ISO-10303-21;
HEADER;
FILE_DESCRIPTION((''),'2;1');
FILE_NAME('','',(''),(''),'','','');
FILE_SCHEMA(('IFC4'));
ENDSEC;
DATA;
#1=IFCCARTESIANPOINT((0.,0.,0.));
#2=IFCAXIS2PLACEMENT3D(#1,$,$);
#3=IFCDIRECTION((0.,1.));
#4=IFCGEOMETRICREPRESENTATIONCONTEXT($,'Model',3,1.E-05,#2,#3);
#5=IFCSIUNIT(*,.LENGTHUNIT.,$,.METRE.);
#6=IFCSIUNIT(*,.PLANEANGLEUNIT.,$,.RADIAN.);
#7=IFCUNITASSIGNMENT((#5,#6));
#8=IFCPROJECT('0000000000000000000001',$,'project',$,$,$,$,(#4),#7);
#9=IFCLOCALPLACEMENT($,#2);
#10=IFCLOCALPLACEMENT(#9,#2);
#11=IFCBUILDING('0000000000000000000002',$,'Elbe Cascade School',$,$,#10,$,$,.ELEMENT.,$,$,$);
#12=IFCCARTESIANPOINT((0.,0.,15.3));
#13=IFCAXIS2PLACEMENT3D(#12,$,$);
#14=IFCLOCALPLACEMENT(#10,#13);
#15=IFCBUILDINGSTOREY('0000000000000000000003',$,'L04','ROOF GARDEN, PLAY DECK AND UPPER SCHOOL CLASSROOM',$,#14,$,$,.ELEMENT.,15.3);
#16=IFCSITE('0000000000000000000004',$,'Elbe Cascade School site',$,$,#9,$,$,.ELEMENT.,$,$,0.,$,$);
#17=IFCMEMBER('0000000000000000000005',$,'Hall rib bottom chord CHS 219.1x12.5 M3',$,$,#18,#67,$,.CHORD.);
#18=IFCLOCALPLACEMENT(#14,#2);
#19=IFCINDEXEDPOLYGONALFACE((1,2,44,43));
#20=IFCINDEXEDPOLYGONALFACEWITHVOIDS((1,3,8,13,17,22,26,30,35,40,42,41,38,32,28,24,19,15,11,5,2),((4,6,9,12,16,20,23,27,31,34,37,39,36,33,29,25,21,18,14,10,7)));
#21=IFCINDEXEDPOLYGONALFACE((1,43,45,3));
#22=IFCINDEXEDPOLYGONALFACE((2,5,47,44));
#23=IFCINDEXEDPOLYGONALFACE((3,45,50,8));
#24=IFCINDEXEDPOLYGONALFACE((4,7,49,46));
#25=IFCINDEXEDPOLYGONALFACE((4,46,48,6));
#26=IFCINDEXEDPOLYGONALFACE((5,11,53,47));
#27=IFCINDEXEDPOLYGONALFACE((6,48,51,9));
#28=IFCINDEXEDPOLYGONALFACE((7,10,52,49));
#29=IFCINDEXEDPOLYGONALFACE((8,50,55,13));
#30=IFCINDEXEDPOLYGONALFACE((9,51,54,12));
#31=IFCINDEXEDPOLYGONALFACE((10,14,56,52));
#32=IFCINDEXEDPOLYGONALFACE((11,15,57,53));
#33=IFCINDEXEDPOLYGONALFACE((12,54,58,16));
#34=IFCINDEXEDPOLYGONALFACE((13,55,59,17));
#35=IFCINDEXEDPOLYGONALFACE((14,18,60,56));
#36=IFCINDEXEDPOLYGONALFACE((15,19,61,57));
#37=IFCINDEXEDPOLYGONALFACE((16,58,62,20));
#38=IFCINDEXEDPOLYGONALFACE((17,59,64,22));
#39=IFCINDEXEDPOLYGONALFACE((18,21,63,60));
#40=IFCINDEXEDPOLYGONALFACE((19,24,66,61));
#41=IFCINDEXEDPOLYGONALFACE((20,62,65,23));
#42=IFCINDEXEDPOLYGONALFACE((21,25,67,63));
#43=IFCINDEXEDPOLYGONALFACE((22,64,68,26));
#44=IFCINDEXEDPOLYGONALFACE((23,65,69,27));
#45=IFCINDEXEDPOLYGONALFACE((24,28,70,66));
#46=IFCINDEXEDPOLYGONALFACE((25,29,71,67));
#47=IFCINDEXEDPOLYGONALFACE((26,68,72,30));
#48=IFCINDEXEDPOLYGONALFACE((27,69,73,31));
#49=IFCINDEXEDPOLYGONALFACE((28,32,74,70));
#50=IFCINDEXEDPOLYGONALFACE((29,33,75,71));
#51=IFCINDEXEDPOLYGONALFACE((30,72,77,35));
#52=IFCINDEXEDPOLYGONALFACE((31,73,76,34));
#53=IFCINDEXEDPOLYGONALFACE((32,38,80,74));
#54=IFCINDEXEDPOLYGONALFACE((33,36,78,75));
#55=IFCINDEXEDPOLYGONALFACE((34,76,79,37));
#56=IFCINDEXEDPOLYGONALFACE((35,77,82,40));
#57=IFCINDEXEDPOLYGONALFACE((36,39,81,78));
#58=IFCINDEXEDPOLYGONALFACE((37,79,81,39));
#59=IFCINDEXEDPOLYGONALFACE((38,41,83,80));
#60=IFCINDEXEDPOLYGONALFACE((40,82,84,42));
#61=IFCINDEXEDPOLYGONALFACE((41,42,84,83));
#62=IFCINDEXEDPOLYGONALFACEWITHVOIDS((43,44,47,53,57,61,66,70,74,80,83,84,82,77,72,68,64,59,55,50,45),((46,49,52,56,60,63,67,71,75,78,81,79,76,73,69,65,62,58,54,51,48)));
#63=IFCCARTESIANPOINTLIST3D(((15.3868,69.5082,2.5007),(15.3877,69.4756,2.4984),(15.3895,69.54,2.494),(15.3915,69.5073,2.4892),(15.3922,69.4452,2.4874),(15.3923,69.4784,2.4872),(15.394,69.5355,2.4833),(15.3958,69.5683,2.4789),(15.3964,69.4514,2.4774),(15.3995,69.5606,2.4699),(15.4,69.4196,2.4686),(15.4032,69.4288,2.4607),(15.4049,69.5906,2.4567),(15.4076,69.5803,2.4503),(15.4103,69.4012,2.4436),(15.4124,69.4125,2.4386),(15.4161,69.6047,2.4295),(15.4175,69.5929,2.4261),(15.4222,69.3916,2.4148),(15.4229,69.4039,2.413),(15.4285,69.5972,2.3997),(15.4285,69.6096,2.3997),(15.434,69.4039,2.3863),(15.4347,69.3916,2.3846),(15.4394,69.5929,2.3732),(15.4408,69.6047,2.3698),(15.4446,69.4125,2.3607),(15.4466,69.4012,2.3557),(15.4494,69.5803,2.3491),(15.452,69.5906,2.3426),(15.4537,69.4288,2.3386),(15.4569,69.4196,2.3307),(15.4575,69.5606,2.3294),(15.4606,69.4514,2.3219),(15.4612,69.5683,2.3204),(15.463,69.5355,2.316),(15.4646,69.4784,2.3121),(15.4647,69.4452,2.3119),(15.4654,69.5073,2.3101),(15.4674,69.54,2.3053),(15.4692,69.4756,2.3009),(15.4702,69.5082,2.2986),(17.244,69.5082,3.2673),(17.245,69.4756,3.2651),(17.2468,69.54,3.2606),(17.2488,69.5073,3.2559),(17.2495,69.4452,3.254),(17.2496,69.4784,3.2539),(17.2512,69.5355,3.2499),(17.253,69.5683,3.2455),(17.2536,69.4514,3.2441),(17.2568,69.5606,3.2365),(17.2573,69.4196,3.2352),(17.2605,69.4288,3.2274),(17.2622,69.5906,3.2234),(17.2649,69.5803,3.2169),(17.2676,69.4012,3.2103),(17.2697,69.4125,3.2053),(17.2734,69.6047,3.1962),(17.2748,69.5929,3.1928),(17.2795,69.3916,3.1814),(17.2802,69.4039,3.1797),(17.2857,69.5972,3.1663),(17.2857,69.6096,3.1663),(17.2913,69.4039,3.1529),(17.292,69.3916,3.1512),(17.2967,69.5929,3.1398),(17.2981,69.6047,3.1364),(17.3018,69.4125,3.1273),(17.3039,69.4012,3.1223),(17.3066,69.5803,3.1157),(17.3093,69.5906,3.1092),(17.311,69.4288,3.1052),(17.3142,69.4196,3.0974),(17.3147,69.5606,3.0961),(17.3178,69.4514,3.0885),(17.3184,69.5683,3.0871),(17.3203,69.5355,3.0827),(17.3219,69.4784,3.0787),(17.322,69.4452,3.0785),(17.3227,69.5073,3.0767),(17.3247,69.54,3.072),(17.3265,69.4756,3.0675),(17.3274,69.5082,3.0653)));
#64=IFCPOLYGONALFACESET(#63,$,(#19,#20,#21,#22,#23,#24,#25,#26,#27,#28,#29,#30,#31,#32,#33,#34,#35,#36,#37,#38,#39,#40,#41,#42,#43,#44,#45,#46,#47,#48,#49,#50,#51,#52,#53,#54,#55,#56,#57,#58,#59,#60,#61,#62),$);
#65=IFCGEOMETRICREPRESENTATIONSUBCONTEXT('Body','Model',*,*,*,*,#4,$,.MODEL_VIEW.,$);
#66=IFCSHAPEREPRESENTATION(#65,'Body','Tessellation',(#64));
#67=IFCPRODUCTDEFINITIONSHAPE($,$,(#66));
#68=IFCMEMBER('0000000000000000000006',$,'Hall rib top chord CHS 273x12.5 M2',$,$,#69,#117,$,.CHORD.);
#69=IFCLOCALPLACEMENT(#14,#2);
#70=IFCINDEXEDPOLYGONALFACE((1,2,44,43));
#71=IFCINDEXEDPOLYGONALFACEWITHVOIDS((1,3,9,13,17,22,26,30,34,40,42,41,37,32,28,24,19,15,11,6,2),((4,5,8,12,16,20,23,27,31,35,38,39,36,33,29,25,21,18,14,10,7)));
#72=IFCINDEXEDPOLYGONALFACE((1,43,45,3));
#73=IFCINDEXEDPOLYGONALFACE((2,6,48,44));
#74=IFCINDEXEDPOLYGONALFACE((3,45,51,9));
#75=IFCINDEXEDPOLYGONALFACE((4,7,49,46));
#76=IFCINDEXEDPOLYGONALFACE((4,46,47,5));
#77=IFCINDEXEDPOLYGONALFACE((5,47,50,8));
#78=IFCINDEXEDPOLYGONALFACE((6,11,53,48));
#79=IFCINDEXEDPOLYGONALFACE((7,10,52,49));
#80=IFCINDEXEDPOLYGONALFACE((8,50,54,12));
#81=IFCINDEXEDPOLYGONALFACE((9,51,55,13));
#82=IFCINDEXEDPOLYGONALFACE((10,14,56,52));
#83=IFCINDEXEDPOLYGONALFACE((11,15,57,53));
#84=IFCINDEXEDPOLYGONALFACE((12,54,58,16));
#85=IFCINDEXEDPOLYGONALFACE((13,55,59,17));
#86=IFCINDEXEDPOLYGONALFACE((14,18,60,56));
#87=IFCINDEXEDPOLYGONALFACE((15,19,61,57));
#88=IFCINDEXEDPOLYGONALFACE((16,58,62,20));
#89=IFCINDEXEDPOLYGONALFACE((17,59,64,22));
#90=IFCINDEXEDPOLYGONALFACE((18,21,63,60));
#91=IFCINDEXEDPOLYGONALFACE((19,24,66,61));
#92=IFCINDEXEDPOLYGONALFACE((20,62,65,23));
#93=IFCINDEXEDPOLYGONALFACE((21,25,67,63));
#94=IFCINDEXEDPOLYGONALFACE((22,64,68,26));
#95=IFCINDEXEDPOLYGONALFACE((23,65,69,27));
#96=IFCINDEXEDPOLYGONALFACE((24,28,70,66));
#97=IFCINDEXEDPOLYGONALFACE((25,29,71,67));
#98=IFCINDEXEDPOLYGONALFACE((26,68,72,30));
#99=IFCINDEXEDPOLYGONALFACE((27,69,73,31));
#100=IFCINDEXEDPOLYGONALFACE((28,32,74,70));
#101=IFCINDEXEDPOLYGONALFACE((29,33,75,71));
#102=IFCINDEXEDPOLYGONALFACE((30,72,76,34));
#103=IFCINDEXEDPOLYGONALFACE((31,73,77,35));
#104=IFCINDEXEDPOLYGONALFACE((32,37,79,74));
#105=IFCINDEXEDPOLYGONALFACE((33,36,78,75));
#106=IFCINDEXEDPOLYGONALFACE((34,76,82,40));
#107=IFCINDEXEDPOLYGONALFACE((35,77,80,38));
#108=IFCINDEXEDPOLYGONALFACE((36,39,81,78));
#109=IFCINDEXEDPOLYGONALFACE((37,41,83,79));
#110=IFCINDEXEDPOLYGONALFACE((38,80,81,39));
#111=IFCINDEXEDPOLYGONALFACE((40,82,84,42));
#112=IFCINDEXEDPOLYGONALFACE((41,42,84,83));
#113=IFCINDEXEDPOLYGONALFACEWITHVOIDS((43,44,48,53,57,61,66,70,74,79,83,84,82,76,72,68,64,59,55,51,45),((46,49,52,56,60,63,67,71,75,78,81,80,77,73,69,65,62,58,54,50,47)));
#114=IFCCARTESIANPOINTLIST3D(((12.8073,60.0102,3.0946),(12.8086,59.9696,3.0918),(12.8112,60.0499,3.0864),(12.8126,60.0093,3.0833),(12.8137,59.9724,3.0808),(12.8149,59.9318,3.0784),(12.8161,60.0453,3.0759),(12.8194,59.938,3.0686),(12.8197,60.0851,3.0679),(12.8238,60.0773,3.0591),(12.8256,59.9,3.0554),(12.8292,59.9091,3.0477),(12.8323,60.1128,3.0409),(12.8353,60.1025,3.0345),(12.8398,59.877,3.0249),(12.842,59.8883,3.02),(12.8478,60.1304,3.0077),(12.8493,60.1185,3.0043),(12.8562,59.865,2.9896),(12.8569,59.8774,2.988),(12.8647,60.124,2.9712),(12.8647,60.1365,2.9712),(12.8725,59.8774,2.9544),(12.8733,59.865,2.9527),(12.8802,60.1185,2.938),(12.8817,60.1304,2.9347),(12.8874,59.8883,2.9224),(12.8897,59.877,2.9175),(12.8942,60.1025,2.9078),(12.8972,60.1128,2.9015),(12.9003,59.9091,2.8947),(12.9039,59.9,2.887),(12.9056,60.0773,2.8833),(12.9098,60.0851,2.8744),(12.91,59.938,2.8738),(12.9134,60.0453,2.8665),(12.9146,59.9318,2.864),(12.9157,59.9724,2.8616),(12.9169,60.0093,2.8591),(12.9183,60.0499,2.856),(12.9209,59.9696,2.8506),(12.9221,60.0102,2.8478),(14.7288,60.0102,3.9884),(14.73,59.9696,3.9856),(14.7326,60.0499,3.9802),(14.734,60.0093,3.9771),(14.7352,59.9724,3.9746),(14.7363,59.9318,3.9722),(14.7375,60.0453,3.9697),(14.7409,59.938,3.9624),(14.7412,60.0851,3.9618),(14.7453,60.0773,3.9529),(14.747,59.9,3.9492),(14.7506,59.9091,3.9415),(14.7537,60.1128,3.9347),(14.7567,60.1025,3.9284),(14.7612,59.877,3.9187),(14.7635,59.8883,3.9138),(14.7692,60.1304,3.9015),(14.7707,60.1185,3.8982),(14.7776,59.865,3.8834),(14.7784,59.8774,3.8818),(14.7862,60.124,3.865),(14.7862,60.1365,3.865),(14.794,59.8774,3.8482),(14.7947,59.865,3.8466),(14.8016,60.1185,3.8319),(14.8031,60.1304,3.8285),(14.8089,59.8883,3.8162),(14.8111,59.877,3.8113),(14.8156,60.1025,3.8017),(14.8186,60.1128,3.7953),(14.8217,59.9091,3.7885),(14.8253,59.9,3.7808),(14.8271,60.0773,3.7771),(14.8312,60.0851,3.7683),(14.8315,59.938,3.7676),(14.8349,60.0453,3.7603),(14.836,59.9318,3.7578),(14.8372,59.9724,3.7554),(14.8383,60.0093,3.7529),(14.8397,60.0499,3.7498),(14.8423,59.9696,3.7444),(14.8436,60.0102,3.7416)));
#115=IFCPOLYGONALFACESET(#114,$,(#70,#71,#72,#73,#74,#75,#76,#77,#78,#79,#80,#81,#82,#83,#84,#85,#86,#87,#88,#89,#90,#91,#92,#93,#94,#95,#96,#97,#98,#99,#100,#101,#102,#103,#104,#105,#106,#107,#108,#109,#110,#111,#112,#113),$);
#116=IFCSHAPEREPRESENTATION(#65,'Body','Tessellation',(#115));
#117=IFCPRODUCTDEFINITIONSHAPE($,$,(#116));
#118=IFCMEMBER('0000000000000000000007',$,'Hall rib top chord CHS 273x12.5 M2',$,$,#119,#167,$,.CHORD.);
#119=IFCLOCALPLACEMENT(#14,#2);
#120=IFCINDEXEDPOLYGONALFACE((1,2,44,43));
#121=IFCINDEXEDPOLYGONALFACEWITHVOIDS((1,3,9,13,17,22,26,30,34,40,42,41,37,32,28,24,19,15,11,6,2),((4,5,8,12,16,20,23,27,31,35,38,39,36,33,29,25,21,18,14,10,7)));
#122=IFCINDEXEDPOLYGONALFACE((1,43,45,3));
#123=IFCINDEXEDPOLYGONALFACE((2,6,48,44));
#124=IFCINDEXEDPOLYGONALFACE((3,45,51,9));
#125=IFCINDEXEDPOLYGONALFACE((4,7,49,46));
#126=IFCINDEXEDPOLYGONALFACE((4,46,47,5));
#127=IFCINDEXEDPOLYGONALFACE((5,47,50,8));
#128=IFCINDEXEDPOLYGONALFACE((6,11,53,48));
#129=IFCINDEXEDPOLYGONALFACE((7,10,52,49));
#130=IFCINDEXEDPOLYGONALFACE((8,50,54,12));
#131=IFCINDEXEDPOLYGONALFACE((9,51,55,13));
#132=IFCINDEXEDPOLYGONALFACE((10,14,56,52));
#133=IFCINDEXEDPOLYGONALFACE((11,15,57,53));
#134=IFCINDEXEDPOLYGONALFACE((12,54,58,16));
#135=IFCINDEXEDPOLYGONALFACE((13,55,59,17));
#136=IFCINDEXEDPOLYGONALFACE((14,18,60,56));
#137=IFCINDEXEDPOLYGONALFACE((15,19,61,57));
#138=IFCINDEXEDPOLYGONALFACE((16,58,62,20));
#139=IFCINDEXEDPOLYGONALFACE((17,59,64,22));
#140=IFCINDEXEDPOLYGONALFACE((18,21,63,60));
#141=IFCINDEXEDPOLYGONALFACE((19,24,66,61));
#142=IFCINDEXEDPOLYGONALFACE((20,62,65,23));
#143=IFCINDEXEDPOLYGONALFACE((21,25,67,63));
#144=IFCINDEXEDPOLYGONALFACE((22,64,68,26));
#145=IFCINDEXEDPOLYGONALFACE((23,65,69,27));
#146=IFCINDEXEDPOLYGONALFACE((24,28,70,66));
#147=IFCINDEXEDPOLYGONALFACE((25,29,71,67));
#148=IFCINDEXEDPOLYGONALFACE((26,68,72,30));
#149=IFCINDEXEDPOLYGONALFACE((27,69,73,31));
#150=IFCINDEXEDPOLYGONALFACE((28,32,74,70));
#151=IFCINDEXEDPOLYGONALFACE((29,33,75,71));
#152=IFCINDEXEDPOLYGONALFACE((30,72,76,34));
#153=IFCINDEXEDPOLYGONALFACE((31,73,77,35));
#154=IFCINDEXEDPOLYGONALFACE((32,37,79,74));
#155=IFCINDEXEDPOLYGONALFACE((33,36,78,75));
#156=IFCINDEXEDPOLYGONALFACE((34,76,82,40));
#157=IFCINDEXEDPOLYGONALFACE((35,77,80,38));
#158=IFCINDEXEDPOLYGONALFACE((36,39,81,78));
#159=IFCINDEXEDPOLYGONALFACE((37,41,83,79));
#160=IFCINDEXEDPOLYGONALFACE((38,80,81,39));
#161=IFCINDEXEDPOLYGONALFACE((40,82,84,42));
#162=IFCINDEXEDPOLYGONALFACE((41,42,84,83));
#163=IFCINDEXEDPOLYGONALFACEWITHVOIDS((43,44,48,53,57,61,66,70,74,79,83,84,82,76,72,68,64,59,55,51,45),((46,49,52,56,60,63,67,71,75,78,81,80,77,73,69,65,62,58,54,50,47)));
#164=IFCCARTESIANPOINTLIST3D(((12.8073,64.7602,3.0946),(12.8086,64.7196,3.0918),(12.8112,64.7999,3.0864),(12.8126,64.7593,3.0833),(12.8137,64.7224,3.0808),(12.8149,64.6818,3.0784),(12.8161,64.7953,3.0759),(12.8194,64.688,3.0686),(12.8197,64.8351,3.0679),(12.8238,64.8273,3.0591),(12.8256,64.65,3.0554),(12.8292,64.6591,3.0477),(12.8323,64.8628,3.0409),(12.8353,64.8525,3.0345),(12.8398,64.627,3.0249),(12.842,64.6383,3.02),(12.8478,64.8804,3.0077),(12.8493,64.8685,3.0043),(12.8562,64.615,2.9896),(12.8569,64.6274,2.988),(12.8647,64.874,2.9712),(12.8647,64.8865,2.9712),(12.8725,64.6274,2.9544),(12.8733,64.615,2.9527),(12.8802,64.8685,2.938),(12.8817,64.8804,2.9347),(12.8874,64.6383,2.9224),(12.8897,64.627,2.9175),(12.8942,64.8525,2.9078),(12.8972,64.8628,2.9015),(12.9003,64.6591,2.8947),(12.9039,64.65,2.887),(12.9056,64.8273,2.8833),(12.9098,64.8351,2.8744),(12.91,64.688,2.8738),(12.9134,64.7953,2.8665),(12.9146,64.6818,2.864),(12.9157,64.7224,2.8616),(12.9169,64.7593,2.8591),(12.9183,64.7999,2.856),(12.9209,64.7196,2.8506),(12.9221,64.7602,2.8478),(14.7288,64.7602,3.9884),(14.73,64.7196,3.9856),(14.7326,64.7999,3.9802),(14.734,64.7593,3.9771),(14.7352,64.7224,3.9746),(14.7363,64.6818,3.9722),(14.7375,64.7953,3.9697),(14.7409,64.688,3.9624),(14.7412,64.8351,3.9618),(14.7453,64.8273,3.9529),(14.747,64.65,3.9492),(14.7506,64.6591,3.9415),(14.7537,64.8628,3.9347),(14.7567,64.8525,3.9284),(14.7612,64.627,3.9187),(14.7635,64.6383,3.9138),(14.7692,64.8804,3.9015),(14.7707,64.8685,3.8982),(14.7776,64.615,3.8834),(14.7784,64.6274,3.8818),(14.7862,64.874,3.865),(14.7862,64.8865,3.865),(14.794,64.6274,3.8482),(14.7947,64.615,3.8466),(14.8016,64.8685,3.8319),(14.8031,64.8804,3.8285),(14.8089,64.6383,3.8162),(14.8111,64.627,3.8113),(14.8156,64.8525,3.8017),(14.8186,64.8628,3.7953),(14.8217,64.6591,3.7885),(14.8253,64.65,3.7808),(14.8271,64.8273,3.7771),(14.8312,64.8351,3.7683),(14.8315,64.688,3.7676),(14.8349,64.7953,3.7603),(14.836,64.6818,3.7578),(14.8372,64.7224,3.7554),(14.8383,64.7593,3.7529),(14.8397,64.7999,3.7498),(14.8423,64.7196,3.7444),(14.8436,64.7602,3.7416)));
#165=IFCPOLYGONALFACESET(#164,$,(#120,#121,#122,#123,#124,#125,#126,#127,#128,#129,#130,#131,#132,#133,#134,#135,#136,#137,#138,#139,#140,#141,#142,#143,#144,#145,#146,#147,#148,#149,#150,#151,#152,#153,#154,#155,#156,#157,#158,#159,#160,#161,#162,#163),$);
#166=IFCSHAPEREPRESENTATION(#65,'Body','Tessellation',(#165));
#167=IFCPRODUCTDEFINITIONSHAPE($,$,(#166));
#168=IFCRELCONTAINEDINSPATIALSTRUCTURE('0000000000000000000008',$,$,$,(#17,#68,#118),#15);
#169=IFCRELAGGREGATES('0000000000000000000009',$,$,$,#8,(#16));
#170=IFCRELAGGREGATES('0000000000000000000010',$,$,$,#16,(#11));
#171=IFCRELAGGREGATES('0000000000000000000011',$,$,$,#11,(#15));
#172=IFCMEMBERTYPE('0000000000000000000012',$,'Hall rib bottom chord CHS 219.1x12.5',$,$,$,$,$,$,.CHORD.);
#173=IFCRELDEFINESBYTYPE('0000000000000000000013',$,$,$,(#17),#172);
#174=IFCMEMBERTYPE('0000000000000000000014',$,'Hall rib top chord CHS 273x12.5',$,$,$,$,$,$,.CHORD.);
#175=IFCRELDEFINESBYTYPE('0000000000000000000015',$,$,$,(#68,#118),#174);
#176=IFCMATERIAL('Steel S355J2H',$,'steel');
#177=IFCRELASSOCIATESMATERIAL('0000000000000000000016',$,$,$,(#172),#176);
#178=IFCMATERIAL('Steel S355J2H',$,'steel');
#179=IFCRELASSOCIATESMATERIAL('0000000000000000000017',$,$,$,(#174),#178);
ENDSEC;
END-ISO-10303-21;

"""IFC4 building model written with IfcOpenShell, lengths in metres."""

from ifc_helpers import new_model, si_unit, direction, frame, origin, origin_2d, place, context, subcontext, project, spatial, hollow_circle, extrude, material, material_profile, profile_set, type_object, element, save


model = new_model("IFC4")

# Units and contexts
model_context = context("Model", 3, precision=1e-05, world=origin(), true_north=direction((0.0, 1.0)))
body_context = subcontext(model_context, "Body", "Model", "MODEL_VIEW")
ifc_project = project(units=[si_unit("LENGTHUNIT", "METRE"), si_unit("PLANEANGLEUNIT", "RADIAN")], contexts=[model_context])

# Site, building, storey
site_placement = place(None, origin())
site = spatial("IfcSite", under=ifc_project, at=site_placement, Name="Elbe Cascade School site", CompositionType="ELEMENT", RefElevation=0.0)
building_placement = place(site_placement, origin())
building = spatial("IfcBuilding", under=site, at=building_placement, Name="Elbe Cascade School", CompositionType="ELEMENT")
storey_placement = place(building_placement, frame((0.0, 0.0, 15.3)))
storey = spatial("IfcBuildingStorey", under=building, at=storey_placement, Name="L04", Description="ROOF GARDEN, PLAY DECK AND UPPER SCHOOL CLASSROOM", CompositionType="ELEMENT", Elevation=15.3)

# Members
ifc_material_1 = material(Name="Steel S355J2H", Category="steel")
ifc_material_profile_1 = material_profile(ifc_material_1, hollow_circle(Radius=0.1096, WallThickness=0.0125, at=origin_2d()), Name="CHS 219.1x12.5")
ifc_profile_set_1 = profile_set([ifc_material_profile_1], Name="Steel S355J2H")
member_type_1 = type_object("IfcMemberType", Name="Hall rib bottom chord CHS 219.1x12.5", PredefinedType="CHORD", material=ifc_profile_set_1)
member_1_placement = place(storey_placement, frame((15.4285, 69.5, 2.3997), z_axis=(0.924348, 0.0, 0.38155), x_axis=(0.0, 1.0, 0.0)))
element("IfcMember", 1, at=member_1_placement, inside=storey, type_object=member_type_1, Name="Hall rib bottom chord CHS 219.1x12.5 M3", PredefinedType="CHORD", context=body_context, shape_type="SweptSolid", body=[
    extrude(hollow_circle(Radius=0.1096, WallThickness=0.0125, at=origin_2d()), origin(), (0.0, 0.0, 1.0), 2.0093),
])
ifc_material_2 = material(Name="Steel S355J2H", Category="steel")
ifc_material_profile_2 = material_profile(ifc_material_2, hollow_circle(Radius=0.1365, WallThickness=0.0125, at=origin_2d()), Name="CHS 273x12.5")
ifc_profile_set_2 = profile_set([ifc_material_profile_2], Name="Steel S355J2H")
member_type_2 = type_object("IfcMemberType", Name="Hall rib top chord CHS 273x12.5", PredefinedType="CHORD", material=ifc_profile_set_2)
for number, where, z_axis, x_axis, name in (
    (2, (12.8647, 60.0, 2.9712), (0.906698, 0.0, 0.421781), (0.0, 1.0, 0.0), "Hall rib top chord CHS 273x12.5 M2"),
    (3, (12.8647, 64.75, 2.9712), (0.906698, 0.0, 0.421781), (0.0, 1.0, 0.0), "Hall rib top chord CHS 273x12.5 M2"),
):
    element("IfcMember", number, at=place(storey_placement, frame(where, z_axis=z_axis, x_axis=x_axis)), inside=storey, type_object=member_type_2, Name=name, PredefinedType="CHORD", context=body_context, shape_type="SweptSolid", body=[
        extrude(hollow_circle(Radius=0.1365, WallThickness=0.0125, at=origin_2d()), origin(), (0.0, 0.0, 1.0), 2.1191),
    ])

save(model, "model.ifc")
